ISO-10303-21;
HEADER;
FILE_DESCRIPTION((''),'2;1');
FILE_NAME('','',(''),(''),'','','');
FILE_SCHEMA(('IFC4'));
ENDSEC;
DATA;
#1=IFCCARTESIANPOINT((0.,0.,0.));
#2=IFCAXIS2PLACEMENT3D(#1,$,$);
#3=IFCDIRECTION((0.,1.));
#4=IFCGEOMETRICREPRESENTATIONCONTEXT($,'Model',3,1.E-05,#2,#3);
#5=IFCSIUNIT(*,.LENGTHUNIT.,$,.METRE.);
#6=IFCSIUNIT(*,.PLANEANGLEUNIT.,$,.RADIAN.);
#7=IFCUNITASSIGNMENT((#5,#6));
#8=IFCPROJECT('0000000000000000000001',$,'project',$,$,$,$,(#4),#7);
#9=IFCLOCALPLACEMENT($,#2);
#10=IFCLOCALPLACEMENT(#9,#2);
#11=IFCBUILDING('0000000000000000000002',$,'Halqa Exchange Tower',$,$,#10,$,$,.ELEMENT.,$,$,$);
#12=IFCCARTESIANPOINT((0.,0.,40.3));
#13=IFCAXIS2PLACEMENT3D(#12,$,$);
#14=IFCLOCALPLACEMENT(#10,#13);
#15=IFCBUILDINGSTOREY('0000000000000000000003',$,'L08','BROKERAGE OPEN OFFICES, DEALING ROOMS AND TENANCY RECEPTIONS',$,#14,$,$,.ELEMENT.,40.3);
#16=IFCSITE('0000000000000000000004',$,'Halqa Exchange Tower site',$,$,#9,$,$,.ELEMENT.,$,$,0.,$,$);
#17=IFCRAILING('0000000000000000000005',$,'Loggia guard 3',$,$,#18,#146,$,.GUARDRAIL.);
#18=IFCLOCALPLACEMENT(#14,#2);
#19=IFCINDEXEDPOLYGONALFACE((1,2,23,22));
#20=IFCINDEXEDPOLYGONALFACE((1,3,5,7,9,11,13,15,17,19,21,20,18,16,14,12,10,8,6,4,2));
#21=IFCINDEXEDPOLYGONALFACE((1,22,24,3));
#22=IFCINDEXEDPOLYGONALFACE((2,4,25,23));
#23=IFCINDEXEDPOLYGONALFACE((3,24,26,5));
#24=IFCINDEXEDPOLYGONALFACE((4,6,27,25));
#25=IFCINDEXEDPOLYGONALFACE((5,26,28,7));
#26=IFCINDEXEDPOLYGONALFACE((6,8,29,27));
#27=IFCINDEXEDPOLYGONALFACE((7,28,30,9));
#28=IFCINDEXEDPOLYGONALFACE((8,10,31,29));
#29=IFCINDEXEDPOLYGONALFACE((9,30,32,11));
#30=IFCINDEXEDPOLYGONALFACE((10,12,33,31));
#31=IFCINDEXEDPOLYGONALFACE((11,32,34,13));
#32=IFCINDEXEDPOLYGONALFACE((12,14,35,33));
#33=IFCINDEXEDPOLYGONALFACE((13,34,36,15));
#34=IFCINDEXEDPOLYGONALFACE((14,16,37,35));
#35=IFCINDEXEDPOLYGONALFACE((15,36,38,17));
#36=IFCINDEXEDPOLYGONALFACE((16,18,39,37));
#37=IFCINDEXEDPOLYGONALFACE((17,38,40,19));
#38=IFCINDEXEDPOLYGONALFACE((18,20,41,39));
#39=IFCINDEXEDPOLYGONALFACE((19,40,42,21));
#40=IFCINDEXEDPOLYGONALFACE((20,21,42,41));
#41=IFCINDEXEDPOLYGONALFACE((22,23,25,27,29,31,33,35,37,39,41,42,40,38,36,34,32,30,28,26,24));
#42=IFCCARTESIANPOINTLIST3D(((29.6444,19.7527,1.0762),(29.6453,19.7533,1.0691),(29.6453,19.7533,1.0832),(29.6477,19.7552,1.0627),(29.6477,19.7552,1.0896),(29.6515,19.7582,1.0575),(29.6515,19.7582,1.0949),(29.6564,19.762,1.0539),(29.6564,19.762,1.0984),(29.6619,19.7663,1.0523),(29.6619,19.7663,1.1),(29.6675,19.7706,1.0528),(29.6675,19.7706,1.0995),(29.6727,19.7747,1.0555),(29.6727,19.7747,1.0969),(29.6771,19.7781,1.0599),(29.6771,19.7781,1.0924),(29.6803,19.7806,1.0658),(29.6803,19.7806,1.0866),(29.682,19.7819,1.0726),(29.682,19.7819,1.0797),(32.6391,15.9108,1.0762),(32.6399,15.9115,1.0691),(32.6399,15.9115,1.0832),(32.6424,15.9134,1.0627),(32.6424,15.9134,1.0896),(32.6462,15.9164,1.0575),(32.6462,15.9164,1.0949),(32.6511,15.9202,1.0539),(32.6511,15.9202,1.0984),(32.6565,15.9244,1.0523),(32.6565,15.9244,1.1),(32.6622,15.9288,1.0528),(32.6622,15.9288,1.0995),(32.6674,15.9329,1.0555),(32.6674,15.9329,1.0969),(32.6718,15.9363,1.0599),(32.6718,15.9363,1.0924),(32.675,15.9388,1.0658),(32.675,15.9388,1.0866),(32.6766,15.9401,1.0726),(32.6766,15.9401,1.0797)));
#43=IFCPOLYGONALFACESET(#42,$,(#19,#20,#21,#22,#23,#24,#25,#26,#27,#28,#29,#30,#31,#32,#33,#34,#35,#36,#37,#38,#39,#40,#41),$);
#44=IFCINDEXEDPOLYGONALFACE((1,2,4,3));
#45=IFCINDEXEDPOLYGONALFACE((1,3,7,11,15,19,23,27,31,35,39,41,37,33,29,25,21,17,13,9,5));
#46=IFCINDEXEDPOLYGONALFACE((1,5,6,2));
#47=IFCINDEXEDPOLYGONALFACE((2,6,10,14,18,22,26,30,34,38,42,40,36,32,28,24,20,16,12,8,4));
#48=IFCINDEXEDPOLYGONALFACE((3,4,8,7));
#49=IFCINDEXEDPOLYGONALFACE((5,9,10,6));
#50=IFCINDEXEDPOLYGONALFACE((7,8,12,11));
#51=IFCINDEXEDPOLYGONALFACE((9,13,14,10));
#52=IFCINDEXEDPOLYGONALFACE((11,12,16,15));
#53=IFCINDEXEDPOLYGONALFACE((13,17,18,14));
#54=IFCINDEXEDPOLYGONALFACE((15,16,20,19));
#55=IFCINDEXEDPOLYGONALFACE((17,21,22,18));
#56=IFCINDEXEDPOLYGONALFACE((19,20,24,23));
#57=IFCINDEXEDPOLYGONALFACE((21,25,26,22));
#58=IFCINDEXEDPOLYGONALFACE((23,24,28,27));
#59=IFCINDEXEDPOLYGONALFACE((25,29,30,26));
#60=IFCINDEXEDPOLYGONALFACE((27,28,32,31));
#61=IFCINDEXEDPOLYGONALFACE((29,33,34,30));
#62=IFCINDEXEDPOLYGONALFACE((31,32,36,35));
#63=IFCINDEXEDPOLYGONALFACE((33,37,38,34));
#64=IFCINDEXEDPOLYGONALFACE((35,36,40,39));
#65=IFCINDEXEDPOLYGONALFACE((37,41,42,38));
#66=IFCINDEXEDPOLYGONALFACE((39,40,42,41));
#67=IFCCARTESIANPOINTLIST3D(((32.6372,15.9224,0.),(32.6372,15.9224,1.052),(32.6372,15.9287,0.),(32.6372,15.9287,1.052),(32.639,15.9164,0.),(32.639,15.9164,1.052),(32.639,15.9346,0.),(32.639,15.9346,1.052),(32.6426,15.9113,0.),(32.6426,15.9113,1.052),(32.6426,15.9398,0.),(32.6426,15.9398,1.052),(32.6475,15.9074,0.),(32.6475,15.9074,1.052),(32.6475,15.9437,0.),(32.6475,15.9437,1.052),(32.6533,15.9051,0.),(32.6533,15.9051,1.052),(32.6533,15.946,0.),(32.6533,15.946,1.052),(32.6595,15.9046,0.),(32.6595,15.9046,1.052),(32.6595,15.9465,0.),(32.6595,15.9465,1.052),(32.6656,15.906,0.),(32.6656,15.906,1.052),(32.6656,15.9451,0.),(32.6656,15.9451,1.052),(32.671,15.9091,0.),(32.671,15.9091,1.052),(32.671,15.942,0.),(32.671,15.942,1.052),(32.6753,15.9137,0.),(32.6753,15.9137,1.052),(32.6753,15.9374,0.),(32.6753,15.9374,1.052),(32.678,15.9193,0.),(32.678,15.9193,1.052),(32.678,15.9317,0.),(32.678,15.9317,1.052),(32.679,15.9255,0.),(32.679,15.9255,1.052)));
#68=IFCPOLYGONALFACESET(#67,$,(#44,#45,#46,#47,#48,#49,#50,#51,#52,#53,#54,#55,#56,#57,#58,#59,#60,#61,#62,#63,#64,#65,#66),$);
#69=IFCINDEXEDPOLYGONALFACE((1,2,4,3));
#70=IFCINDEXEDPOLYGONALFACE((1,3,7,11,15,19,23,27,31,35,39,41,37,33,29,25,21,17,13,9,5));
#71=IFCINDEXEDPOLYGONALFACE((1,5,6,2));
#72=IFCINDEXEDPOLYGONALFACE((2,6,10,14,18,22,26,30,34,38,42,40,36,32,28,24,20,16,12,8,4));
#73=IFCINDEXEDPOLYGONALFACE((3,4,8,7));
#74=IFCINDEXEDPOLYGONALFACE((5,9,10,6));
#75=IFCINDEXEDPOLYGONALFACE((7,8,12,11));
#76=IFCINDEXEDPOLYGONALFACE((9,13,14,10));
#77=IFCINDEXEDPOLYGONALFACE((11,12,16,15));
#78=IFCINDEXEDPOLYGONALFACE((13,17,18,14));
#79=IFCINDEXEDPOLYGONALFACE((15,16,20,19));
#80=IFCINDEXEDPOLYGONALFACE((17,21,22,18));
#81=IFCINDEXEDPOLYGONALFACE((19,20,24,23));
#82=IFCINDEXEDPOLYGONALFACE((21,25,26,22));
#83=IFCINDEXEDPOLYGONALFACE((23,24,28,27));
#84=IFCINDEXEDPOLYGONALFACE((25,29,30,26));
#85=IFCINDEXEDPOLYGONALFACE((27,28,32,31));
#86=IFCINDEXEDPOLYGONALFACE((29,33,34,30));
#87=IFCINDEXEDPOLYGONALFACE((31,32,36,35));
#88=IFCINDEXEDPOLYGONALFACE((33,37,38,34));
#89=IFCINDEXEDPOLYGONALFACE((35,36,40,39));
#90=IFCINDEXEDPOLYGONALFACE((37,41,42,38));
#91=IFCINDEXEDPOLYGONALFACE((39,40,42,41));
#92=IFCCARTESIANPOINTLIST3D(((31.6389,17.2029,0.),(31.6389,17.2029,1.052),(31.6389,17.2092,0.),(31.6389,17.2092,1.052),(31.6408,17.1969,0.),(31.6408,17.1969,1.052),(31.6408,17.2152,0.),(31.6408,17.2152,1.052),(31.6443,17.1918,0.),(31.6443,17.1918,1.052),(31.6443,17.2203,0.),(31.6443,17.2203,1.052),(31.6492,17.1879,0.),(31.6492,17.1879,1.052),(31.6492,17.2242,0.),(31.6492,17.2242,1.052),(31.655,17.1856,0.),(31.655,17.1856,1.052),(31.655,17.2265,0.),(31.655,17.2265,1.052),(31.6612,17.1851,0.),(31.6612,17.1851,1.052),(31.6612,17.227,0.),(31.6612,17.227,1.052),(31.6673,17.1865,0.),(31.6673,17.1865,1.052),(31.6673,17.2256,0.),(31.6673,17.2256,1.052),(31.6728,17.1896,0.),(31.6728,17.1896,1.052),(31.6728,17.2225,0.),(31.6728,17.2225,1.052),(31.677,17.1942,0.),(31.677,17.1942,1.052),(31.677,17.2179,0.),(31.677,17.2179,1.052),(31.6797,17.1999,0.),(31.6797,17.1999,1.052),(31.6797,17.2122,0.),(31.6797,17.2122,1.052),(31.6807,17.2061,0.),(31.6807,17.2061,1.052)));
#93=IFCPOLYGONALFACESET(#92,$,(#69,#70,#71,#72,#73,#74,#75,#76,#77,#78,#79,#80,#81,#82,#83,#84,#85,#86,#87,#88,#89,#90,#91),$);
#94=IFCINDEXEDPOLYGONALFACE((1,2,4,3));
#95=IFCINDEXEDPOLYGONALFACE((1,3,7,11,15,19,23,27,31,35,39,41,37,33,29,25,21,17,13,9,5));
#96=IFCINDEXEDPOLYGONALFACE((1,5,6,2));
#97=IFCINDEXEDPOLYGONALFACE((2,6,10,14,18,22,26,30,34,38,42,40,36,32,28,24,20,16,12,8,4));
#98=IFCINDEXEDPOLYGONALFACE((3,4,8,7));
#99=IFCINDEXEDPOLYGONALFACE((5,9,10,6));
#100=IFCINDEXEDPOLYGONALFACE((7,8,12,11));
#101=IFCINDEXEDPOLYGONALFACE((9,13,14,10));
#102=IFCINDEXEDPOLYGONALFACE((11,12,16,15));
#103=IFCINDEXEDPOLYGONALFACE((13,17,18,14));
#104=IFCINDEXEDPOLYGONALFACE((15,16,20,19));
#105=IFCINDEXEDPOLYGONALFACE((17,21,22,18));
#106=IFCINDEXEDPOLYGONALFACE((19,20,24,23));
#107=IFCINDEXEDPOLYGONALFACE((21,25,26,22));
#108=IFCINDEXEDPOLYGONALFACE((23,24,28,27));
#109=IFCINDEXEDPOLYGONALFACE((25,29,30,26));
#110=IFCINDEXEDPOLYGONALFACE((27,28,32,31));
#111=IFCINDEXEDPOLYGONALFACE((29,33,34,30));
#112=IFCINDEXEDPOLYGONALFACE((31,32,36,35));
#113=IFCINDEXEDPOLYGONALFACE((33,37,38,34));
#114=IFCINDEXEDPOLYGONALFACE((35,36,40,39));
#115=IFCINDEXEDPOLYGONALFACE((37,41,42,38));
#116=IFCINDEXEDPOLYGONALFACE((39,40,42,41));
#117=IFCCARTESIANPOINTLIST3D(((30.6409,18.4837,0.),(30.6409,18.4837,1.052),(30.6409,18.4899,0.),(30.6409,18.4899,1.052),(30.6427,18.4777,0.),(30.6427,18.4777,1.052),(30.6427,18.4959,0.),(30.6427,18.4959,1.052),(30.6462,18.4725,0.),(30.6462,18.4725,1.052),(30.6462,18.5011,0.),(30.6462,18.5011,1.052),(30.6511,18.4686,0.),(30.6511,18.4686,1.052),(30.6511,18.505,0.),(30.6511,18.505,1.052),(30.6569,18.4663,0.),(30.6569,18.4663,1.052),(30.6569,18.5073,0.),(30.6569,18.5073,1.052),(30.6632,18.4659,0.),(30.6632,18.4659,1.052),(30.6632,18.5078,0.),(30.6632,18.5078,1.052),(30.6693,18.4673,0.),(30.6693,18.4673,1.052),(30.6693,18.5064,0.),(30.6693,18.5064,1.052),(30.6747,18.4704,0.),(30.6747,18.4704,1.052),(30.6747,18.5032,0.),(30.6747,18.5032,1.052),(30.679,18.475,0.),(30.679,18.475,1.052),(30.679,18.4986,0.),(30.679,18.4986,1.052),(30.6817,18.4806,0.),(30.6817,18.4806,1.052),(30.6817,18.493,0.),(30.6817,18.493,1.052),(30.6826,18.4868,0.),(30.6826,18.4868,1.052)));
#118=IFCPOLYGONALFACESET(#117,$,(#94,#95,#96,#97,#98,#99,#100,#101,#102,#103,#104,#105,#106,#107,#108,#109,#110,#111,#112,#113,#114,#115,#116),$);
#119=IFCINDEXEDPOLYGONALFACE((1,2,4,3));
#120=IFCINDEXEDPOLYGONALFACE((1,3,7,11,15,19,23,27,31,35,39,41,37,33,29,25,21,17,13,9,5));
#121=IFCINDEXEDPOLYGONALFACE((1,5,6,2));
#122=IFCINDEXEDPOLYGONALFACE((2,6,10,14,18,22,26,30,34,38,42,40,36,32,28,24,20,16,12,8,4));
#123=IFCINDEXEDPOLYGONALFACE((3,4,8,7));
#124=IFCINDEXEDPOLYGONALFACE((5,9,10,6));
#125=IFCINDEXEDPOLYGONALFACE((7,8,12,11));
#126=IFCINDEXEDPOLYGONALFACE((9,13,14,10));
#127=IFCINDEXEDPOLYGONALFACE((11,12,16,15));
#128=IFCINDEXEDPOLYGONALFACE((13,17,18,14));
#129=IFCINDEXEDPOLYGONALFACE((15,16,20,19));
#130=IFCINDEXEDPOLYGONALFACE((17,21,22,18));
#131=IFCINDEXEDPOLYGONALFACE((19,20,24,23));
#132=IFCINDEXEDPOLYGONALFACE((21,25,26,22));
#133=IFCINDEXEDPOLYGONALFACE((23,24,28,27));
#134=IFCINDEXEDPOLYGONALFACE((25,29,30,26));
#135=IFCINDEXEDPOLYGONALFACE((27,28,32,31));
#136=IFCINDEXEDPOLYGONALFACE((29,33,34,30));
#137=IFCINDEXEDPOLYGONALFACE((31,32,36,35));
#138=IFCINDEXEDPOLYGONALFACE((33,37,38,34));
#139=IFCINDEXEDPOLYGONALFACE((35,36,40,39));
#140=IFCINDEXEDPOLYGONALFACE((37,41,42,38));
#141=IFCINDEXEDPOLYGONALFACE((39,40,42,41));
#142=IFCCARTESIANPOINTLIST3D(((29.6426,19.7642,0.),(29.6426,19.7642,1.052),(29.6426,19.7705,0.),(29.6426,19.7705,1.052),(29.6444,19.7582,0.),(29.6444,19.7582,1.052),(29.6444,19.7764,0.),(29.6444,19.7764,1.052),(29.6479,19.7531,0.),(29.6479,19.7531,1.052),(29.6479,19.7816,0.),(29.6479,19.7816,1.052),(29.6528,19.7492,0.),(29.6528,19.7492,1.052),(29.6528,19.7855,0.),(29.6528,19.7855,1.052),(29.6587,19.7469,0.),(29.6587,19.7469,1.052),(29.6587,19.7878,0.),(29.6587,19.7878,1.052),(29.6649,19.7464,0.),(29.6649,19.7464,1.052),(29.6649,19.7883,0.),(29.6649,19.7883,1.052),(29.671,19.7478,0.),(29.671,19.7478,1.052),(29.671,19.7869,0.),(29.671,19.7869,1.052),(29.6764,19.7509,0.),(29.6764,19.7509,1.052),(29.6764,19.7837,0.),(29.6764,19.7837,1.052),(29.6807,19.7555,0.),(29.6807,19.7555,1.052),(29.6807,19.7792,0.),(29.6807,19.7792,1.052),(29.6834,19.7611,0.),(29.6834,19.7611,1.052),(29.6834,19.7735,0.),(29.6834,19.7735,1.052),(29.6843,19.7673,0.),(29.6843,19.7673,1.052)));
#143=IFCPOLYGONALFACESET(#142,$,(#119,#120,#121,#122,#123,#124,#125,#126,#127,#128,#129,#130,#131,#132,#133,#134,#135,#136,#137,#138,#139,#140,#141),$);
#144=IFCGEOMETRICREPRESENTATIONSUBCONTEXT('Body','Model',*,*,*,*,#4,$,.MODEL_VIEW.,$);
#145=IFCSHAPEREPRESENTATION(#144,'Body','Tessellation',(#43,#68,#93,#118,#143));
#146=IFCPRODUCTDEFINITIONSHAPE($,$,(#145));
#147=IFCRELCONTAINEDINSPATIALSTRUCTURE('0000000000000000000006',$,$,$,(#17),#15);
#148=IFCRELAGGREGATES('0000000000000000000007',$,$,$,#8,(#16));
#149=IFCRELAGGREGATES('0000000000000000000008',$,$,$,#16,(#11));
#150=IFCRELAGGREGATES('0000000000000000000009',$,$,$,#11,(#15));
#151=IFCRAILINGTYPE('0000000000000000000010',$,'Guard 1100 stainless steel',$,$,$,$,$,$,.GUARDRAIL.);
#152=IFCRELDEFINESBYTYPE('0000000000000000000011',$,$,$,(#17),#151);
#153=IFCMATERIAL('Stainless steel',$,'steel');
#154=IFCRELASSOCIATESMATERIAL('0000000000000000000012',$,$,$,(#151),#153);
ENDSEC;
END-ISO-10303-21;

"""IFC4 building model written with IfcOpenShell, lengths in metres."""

from ifc_helpers import new_model, si_unit, direction, frame, origin, origin_2d, place, context, subcontext, project, spatial, circle, extrude, material, type_object, element, save


model = new_model("IFC4")

# Units and contexts
model_context = context("Model", 3, precision=1e-05, world=origin(), true_north=direction((0.0, 1.0)))
body_context = subcontext(model_context, "Body", "Model", "MODEL_VIEW")
ifc_project = project(units=[si_unit("LENGTHUNIT", "METRE"), si_unit("PLANEANGLEUNIT", "RADIAN")], contexts=[model_context])

# Site, building, storey
site_placement = place(None, origin())
site = spatial("IfcSite", under=ifc_project, at=site_placement, Name="Halqa Exchange Tower site", CompositionType="ELEMENT", RefElevation=0.0)
building_placement = place(site_placement, origin())
building = spatial("IfcBuilding", under=site, at=building_placement, Name="Halqa Exchange Tower", CompositionType="ELEMENT")
storey_placement = place(building_placement, frame((0.0, 0.0, 40.3)))
storey = spatial("IfcBuildingStorey", under=building, at=storey_placement, Name="L08", Description="BROKERAGE OPEN OFFICES, DEALING ROOMS AND TENANCY RECEPTIONS", CompositionType="ELEMENT", Elevation=40.3)

# Railing
ifc_material_1 = material(Name="Stainless steel", Category="steel")
railing_type = type_object("IfcRailingType", Name="Guard 1100 stainless steel", PredefinedType="GUARDRAIL", material=ifc_material_1)
railing_1_placement = place(storey_placement, frame((32.658, 15.9255, 0.0)))
element("IfcRailing", 1, at=railing_1_placement, inside=storey, type_object=railing_type, Name="Loggia guard 3", PredefinedType="GUARDRAIL", context=body_context, shape_type="SweptSolid", body=[
    extrude(circle(Radius=0.0239, at=origin_2d()), frame((0.0, 0.0, 1.0762), z_axis=(-0.61478, 0.788699, 0.0), x_axis=(-0.788699, -0.61478, 0.0)), (0.0, 0.0, 1.0), 4.8711),
    extrude(circle(Radius=0.021, at=origin_2d()), origin(), (0.0, 0.0, 1.0), 1.052),
    extrude(circle(Radius=0.021, at=origin_2d()), frame((-0.9983, 1.2805, 0.0)), (0.0, 0.0, 1.0), 1.052),
    extrude(circle(Radius=0.021, at=origin_2d()), frame((-1.9963, 2.5613, 0.0)), (0.0, 0.0, 1.0), 1.052),
    extrude(circle(Radius=0.021, at=origin_2d()), frame((-2.9946, 3.8418, 0.0)), (0.0, 0.0, 1.0), 1.052),
])

save(model, "model.ifc")
